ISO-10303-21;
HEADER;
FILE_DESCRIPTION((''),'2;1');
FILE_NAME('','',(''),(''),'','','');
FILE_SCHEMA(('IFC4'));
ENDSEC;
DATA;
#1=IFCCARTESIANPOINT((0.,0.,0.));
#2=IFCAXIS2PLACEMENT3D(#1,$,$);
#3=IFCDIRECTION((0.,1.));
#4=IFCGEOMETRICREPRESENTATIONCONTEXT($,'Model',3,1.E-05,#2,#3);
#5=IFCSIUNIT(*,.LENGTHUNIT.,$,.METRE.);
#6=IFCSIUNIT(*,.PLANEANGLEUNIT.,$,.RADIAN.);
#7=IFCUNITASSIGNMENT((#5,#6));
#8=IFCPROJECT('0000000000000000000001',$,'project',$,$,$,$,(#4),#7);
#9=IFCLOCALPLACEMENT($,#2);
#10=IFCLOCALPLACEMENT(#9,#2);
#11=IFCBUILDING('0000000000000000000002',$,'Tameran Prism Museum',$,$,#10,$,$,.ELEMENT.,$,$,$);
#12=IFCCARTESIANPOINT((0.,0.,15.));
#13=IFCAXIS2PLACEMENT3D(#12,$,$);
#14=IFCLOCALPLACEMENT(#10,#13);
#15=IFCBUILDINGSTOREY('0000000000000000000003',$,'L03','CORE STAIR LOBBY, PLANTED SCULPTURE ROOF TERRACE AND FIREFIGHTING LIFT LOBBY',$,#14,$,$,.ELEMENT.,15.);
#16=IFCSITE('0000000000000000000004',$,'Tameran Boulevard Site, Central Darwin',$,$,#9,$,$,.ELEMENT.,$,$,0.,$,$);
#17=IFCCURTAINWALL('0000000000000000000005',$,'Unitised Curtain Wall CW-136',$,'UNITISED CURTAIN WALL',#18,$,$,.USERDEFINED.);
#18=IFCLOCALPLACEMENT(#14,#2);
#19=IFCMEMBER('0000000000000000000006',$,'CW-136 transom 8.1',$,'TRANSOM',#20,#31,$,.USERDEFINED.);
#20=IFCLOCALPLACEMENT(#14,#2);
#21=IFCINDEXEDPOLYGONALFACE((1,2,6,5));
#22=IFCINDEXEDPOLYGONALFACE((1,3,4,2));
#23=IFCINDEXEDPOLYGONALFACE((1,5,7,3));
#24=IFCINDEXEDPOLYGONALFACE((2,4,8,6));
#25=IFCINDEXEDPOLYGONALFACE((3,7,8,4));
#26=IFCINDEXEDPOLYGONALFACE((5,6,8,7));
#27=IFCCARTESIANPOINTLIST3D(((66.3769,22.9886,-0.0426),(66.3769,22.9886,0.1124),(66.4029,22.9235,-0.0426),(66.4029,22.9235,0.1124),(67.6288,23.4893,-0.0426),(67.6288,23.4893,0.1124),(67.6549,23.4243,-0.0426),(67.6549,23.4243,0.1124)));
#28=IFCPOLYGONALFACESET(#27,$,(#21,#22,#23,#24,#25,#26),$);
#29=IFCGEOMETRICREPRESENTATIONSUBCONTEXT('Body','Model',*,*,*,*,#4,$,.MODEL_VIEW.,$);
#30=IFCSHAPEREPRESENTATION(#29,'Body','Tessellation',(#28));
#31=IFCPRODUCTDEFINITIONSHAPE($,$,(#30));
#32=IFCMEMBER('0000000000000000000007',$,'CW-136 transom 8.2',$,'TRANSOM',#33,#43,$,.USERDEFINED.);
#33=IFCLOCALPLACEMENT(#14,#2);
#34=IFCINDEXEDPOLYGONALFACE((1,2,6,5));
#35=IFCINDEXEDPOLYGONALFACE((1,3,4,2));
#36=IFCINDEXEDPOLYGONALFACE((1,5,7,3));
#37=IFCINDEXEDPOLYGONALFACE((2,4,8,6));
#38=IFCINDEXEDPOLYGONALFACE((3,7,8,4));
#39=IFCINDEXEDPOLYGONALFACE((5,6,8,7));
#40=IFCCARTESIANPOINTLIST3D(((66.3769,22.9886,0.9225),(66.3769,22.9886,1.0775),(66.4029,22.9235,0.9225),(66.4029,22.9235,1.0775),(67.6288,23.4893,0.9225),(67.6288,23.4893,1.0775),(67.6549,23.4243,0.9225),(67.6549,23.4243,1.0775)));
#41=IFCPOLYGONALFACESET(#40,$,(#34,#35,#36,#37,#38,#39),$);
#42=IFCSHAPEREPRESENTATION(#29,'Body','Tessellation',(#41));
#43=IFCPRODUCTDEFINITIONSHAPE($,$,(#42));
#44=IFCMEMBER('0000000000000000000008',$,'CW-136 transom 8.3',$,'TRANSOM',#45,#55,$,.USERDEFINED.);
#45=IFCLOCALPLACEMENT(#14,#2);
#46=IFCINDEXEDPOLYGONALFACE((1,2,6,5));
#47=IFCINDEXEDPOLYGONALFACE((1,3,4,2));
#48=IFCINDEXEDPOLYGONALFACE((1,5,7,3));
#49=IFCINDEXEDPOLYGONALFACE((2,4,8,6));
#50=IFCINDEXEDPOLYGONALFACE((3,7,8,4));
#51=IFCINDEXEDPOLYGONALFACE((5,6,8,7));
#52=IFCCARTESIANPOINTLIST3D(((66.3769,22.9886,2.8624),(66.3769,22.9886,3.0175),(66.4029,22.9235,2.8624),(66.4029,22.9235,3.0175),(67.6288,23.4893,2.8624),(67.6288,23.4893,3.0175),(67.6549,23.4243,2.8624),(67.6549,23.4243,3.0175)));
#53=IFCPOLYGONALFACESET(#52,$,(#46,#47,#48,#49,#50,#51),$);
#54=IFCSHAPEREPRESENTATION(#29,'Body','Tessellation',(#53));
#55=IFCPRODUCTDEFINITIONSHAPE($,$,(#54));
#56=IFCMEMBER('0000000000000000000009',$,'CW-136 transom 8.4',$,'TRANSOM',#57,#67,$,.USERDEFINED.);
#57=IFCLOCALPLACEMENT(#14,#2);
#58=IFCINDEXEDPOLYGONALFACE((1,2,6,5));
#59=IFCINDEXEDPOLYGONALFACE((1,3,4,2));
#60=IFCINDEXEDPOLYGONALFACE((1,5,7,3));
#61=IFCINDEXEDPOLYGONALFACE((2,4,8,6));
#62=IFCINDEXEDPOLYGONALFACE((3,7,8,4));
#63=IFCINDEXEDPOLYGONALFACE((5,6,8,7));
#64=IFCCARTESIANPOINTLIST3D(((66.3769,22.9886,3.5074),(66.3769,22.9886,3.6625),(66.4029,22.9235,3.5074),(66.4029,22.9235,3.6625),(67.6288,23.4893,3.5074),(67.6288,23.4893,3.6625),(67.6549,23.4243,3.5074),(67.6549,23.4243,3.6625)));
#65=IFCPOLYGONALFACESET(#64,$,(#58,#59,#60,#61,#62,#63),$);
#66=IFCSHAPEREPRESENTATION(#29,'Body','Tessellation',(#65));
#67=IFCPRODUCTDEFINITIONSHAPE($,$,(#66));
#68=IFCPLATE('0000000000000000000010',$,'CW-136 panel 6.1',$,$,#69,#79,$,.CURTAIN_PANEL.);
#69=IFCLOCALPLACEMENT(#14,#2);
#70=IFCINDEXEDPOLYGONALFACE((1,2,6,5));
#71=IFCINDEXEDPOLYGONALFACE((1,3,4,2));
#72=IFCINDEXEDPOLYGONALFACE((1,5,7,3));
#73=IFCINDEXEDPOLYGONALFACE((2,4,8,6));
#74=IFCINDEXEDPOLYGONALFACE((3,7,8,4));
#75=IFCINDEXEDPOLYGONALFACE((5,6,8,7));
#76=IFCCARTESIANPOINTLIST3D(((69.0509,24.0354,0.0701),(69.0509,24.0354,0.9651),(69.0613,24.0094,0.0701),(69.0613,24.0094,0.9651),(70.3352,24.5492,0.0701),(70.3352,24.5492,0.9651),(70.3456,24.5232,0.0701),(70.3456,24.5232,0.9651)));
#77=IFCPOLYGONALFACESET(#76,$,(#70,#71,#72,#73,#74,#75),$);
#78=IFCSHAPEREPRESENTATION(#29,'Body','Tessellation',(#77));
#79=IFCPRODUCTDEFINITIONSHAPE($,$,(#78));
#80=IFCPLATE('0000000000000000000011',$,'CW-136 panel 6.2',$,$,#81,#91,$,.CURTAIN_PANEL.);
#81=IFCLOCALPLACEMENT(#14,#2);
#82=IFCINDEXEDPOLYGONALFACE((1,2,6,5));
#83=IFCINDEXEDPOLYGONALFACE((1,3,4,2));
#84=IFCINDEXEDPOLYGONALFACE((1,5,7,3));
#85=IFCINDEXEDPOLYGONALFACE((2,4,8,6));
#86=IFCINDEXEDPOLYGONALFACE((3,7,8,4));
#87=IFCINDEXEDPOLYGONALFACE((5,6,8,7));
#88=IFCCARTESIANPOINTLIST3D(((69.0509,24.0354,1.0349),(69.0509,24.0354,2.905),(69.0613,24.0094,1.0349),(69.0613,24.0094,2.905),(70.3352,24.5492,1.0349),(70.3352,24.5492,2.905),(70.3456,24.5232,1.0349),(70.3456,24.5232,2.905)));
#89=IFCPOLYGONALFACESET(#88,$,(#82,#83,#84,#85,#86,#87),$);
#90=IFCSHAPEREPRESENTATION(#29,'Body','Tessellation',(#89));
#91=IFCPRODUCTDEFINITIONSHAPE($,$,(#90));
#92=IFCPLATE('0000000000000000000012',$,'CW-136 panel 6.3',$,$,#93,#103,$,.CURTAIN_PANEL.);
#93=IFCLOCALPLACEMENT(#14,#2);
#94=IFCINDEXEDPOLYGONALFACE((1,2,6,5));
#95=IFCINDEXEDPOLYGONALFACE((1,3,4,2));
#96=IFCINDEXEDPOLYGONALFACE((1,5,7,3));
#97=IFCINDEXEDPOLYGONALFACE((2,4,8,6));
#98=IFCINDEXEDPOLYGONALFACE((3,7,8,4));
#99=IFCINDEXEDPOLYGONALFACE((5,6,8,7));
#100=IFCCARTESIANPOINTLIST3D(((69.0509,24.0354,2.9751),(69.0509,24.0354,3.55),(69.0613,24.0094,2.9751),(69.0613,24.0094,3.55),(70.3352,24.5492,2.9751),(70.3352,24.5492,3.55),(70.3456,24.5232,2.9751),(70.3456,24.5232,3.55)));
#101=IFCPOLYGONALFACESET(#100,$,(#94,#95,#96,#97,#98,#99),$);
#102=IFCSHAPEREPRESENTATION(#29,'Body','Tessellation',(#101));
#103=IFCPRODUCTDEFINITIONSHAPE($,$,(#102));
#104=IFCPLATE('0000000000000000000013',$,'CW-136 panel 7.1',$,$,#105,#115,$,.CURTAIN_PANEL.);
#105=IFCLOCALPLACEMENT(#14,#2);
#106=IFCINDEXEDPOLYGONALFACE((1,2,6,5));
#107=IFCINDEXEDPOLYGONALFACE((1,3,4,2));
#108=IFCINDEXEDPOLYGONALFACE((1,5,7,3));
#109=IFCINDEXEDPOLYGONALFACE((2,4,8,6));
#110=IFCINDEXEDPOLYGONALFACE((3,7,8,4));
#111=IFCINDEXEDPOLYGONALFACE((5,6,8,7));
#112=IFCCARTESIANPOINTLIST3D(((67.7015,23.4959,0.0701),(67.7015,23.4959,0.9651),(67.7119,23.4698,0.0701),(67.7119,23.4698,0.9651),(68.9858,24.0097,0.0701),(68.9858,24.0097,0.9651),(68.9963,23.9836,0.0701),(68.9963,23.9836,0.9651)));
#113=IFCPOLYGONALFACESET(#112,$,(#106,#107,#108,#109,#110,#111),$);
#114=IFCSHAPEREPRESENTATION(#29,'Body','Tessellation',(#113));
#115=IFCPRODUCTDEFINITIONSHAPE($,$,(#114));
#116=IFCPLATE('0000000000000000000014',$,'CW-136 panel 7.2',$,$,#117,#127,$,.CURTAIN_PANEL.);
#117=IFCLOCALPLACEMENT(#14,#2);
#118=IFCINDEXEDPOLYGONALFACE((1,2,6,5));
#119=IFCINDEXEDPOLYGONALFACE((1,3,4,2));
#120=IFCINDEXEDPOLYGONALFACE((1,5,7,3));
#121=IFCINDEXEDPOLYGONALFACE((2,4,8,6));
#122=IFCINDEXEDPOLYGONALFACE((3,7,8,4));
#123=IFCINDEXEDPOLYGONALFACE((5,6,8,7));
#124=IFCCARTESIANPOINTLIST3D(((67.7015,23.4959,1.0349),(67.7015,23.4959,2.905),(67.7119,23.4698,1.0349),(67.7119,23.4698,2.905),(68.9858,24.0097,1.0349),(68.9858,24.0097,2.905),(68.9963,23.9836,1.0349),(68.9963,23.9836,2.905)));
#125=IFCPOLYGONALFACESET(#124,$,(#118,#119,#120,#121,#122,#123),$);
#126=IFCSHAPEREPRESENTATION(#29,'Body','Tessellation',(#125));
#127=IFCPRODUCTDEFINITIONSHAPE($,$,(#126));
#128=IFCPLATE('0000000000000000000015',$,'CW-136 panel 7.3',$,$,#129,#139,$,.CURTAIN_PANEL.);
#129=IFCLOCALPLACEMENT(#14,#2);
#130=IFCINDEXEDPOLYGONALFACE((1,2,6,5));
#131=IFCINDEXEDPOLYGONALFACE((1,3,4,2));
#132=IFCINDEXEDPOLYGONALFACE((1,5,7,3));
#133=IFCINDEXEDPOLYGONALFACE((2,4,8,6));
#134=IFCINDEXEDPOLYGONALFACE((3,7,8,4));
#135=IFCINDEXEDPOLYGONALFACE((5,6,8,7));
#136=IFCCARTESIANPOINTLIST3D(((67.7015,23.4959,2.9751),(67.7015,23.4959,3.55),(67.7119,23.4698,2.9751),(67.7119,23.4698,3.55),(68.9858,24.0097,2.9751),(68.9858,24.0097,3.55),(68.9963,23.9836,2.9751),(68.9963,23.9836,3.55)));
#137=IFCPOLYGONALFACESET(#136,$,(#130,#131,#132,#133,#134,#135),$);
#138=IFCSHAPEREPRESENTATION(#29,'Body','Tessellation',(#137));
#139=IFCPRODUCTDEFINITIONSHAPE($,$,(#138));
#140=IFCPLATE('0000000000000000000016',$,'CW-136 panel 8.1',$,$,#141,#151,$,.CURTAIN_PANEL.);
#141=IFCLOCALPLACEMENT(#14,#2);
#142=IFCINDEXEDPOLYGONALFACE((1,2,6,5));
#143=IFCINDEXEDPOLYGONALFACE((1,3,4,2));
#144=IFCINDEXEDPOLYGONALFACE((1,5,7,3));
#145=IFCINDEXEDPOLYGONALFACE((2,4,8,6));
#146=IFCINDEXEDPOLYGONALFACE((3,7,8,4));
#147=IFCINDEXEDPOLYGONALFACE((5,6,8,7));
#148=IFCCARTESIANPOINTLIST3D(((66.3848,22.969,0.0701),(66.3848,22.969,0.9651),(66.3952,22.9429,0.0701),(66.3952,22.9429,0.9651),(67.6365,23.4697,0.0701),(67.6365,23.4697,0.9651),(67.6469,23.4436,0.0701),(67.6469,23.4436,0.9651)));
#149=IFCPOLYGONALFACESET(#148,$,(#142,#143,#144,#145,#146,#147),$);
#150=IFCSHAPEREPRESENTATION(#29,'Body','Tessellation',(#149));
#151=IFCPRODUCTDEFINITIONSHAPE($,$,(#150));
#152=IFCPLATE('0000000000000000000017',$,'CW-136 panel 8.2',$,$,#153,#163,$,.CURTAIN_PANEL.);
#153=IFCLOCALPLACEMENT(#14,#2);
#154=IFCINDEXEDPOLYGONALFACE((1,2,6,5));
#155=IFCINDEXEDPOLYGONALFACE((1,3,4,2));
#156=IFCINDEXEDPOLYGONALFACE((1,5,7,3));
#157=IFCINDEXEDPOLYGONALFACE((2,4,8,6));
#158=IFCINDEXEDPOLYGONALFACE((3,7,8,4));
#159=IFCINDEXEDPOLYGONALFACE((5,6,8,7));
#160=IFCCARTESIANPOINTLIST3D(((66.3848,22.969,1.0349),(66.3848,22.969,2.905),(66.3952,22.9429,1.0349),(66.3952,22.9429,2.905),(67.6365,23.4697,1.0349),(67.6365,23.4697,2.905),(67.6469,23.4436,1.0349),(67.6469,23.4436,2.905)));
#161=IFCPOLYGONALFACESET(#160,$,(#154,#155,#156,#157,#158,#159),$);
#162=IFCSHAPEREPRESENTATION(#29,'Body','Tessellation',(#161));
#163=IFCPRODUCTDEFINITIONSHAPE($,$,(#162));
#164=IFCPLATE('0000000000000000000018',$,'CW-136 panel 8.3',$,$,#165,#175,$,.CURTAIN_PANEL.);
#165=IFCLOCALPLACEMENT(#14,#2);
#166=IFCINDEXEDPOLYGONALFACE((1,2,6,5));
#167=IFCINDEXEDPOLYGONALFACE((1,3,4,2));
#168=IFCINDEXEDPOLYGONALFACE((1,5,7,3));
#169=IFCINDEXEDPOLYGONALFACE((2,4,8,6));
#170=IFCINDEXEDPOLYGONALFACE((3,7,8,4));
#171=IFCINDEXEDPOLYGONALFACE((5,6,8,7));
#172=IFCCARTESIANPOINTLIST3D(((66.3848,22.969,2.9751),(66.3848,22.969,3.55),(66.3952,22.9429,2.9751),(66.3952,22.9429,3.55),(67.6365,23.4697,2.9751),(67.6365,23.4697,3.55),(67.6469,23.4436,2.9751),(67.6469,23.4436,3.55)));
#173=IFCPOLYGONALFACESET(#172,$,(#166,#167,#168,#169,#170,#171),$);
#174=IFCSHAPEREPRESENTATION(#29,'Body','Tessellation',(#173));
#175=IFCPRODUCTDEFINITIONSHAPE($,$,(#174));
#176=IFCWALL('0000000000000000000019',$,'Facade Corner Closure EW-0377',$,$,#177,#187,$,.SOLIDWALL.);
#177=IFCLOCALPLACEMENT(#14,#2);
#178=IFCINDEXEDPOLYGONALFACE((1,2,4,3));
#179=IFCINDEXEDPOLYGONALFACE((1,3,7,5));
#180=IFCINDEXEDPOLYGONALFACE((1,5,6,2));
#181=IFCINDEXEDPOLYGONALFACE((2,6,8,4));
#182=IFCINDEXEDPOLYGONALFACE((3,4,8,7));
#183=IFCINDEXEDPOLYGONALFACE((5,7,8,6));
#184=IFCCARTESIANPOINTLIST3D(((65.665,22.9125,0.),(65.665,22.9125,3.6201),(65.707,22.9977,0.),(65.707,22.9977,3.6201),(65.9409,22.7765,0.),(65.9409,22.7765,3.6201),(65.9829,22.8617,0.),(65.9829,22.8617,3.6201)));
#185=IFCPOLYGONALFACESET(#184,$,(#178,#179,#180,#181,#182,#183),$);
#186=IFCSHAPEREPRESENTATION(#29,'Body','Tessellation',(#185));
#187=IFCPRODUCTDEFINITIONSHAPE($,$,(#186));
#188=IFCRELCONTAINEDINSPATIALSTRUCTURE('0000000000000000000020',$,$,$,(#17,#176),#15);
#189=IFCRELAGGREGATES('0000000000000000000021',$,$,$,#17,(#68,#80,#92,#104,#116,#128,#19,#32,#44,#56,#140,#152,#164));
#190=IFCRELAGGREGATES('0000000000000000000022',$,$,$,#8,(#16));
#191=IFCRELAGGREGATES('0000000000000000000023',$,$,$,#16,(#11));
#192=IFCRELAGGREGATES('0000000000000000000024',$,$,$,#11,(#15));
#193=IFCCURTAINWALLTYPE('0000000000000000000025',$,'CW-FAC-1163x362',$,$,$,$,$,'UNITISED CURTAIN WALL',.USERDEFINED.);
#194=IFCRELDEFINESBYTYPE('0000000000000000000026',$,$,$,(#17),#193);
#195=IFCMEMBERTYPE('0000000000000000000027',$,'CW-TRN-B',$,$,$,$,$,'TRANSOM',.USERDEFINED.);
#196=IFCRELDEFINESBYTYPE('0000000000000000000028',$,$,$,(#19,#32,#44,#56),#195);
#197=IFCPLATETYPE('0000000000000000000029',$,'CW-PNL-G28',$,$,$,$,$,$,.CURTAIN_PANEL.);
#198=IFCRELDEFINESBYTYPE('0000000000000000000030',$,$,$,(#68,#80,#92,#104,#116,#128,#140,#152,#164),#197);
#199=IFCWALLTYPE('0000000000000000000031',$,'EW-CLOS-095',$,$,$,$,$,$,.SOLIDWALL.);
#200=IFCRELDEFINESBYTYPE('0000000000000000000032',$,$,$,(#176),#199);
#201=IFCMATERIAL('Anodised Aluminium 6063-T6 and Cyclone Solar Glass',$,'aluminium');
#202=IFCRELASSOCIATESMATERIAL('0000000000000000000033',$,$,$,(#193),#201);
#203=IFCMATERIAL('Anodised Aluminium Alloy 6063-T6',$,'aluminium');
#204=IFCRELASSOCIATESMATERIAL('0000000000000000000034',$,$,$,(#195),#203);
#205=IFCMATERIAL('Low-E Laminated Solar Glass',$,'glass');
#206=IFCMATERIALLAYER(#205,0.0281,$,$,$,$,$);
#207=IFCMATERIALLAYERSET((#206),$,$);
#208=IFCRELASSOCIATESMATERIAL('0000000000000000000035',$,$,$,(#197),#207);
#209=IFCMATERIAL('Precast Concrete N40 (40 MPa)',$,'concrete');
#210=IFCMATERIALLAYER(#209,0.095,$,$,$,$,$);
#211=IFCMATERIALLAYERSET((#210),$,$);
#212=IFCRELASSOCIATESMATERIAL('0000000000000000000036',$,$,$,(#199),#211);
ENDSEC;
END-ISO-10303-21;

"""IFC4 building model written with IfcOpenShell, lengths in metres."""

from ifc_helpers import new_model, si_unit, direction, frame, frame_2d, origin, origin_2d, place, context, subcontext, project, spatial, rectangle, extrude, material, layer, layer_set, material_profile, profile_set, type_object, element, aggregate, save


model = new_model("IFC4")

# Units and contexts
model_context = context("Model", 3, precision=1e-05, world=origin(), true_north=direction((0.0, 1.0)))
body_context = subcontext(model_context, "Body", "Model", "MODEL_VIEW")
ifc_project = project(units=[si_unit("LENGTHUNIT", "METRE"), si_unit("PLANEANGLEUNIT", "RADIAN")], contexts=[model_context])

# Site, building, storey
site_placement = place(None, origin())
site = spatial("IfcSite", under=ifc_project, at=site_placement, Name="Tameran Boulevard Site, Central Darwin", CompositionType="ELEMENT", RefElevation=0.0)
building_placement = place(site_placement, origin())
building = spatial("IfcBuilding", under=site, at=building_placement, Name="Tameran Prism Museum", CompositionType="ELEMENT")
storey_placement = place(building_placement, frame((0.0, 0.0, 15.0)))
storey = spatial("IfcBuildingStorey", under=building, at=storey_placement, Name="L03", Description="CORE STAIR LOBBY, PLANTED SCULPTURE ROOF TERRACE AND FIREFIGHTING LIFT LOBBY", CompositionType="ELEMENT", Elevation=15.0)

# Curtain wall
ifc_material_1 = material(Name="Anodised Aluminium 6063-T6 and Cyclone Solar Glass", Category="aluminium")
curtain_wall_type_1 = type_object("IfcCurtainWallType", Name="CW-FAC-1163x362", ElementType="UNITISED CURTAIN WALL", PredefinedType="USERDEFINED", material=ifc_material_1)
curtain_wall_1_placement = place(storey_placement, origin())
curtain_wall_1 = element("IfcCurtainWall", 1, at=curtain_wall_1_placement, inside=storey, type_object=curtain_wall_type_1, Name="Unitised Curtain Wall CW-136", ObjectType="UNITISED CURTAIN WALL", PredefinedType="USERDEFINED")

# Members
ifc_material_2 = material(Name="Anodised Aluminium Alloy 6063-T6", Category="aluminium")
ifc_material_profile_1 = material_profile(ifc_material_2, rectangle(XDim=0.0701, YDim=0.155, at=origin_2d()))
ifc_profile_set_1 = profile_set([ifc_material_profile_1])
member_type_1 = type_object("IfcMemberType", Name="CW-TRN-B", ElementType="TRANSOM", PredefinedType="USERDEFINED", material=ifc_profile_set_1)
member_1_placement = place(storey_placement, frame((67.6418, 23.4568, 0.0349), z_axis=(-0.928489, -0.371359, 0.0), x_axis=(0.371359, -0.928489, 0.0)))
member_1 = element("IfcMember", 2, at=member_1_placement, type_object=member_type_1, Name="CW-136 transom 8.1", ObjectType="TRANSOM", PredefinedType="USERDEFINED", context=body_context, shape_type="SweptSolid", body=[
    extrude(rectangle(XDim=0.0701, YDim=0.155, at=origin_2d()), origin(), (0.0, 0.0, 1.0), 1.3484),
])
member_2_placement = place(storey_placement, frame((67.6418, 23.4568, 1.0), z_axis=(-0.928489, -0.371359, 0.0), x_axis=(0.371359, -0.928489, 0.0)))
member_2 = element("IfcMember", 3, at=member_2_placement, type_object=member_type_1, Name="CW-136 transom 8.2", ObjectType="TRANSOM", PredefinedType="USERDEFINED", context=body_context, shape_type="SweptSolid", body=[
    extrude(rectangle(XDim=0.0701, YDim=0.155, at=origin_2d()), origin(), (0.0, 0.0, 1.0), 1.3484),
])
member_3_placement = place(storey_placement, frame((67.6418, 23.4568, 2.9399), z_axis=(-0.928489, -0.371359, 0.0), x_axis=(0.371359, -0.928489, 0.0)))
member_3 = element("IfcMember", 4, at=member_3_placement, type_object=member_type_1, Name="CW-136 transom 8.3", ObjectType="TRANSOM", PredefinedType="USERDEFINED", context=body_context, shape_type="SweptSolid", body=[
    extrude(rectangle(XDim=0.0701, YDim=0.155, at=origin_2d()), origin(), (0.0, 0.0, 1.0), 1.3484),
])
member_4_placement = place(storey_placement, frame((67.6418, 23.4568, 3.585), z_axis=(-0.928489, -0.371359, 0.0), x_axis=(0.371359, -0.928489, 0.0)))
member_4 = element("IfcMember", 5, at=member_4_placement, type_object=member_type_1, Name="CW-136 transom 8.4", ObjectType="TRANSOM", PredefinedType="USERDEFINED", context=body_context, shape_type="SweptSolid", body=[
    extrude(rectangle(XDim=0.0701, YDim=0.155, at=origin_2d()), origin(), (0.0, 0.0, 1.0), 1.3484),
])

# Plates
ifc_material_3 = material(Name="Low-E Laminated Solar Glass", Category="glass")
ifc_layer_1 = layer(ifc_material_3, 0.0281)
ifc_layer_set_1 = layer_set([ifc_layer_1])
plate_type = type_object("IfcPlateType", Name="CW-PNL-G28", PredefinedType="CURTAIN_PANEL", material=ifc_layer_set_1)
plate_1_placement = place(storey_placement, frame((69.6982, 24.2793, 0.0701), z_axis=(0.0, 0.0, 1.0), x_axis=(-0.928465, -0.37142, 0.0)))
plate_1 = element("IfcPlate", 6, at=plate_1_placement, type_object=plate_type, Name="CW-136 panel 6.1", PredefinedType="CURTAIN_PANEL", context=body_context, shape_type="SweptSolid", body=[
    extrude(rectangle(XDim=1.3833, YDim=0.0281, at=origin_2d()), origin(), (0.0, 0.0, 1.0), 0.895),
])
plate_2_placement = place(storey_placement, frame((69.6982, 24.2793, 1.0349), z_axis=(0.0, 0.0, 1.0), x_axis=(-0.928465, -0.37142, 0.0)))
plate_2 = element("IfcPlate", 7, at=plate_2_placement, type_object=plate_type, Name="CW-136 panel 6.2", PredefinedType="CURTAIN_PANEL", context=body_context, shape_type="SweptSolid", body=[
    extrude(rectangle(XDim=1.3833, YDim=0.0281, at=origin_2d()), origin(), (0.0, 0.0, 1.0), 1.8701),
])
plate_3_placement = place(storey_placement, frame((69.6982, 24.2793, 2.9751), z_axis=(0.0, 0.0, 1.0), x_axis=(-0.928465, -0.37142, 0.0)))
plate_3 = element("IfcPlate", 8, at=plate_3_placement, type_object=plate_type, Name="CW-136 panel 6.3", PredefinedType="CURTAIN_PANEL", context=body_context, shape_type="SweptSolid", body=[
    extrude(rectangle(XDim=1.3833, YDim=0.0281, at=origin_2d()), origin(), (0.0, 0.0, 1.0), 0.575),
])
plate_4_placement = place(storey_placement, frame((68.3489, 23.7397, 0.0701), z_axis=(0.0, 0.0, 1.0), x_axis=(-0.928465, -0.37142, 0.0)))
plate_4 = element("IfcPlate", 9, at=plate_4_placement, type_object=plate_type, Name="CW-136 panel 7.1", PredefinedType="CURTAIN_PANEL", context=body_context, shape_type="SweptSolid", body=[
    extrude(rectangle(XDim=1.3833, YDim=0.0281, at=origin_2d()), origin(), (0.0, 0.0, 1.0), 0.895),
])
plate_5_placement = place(storey_placement, frame((68.3489, 23.7397, 1.0349), z_axis=(0.0, 0.0, 1.0), x_axis=(-0.928465, -0.37142, 0.0)))
plate_5 = element("IfcPlate", 10, at=plate_5_placement, type_object=plate_type, Name="CW-136 panel 7.2", PredefinedType="CURTAIN_PANEL", context=body_context, shape_type="SweptSolid", body=[
    extrude(rectangle(XDim=1.3833, YDim=0.0281, at=origin_2d()), origin(), (0.0, 0.0, 1.0), 1.8701),
])
plate_6_placement = place(storey_placement, frame((68.3489, 23.7397, 2.9751), z_axis=(0.0, 0.0, 1.0), x_axis=(-0.928465, -0.37142, 0.0)))
plate_6 = element("IfcPlate", 11, at=plate_6_placement, type_object=plate_type, Name="CW-136 panel 7.3", PredefinedType="CURTAIN_PANEL", context=body_context, shape_type="SweptSolid", body=[
    extrude(rectangle(XDim=1.3833, YDim=0.0281, at=origin_2d()), origin(), (0.0, 0.0, 1.0), 0.575),
])
plate_7_placement = place(storey_placement, frame((67.0159, 23.2063, 0.0701), z_axis=(0.0, 0.0, 1.0), x_axis=(-0.928465, -0.37142, 0.0)))
plate_7 = element("IfcPlate", 12, at=plate_7_placement, type_object=plate_type, Name="CW-136 panel 8.1", PredefinedType="CURTAIN_PANEL", context=body_context, shape_type="SweptSolid", body=[
    extrude(rectangle(XDim=1.3481, YDim=0.0281, at=origin_2d()), origin(), (0.0, 0.0, 1.0), 0.895),
])
plate_8_placement = place(storey_placement, frame((67.0159, 23.2063, 1.0349), z_axis=(0.0, 0.0, 1.0), x_axis=(-0.928465, -0.37142, 0.0)))
plate_8 = element("IfcPlate", 13, at=plate_8_placement, type_object=plate_type, Name="CW-136 panel 8.2", PredefinedType="CURTAIN_PANEL", context=body_context, shape_type="SweptSolid", body=[
    extrude(rectangle(XDim=1.3481, YDim=0.0281, at=origin_2d()), origin(), (0.0, 0.0, 1.0), 1.8701),
])
plate_9_placement = place(storey_placement, frame((67.0159, 23.2063, 2.9751), z_axis=(0.0, 0.0, 1.0), x_axis=(-0.928465, -0.37142, 0.0)))
plate_9 = element("IfcPlate", 14, at=plate_9_placement, type_object=plate_type, Name="CW-136 panel 8.3", PredefinedType="CURTAIN_PANEL", context=body_context, shape_type="SweptSolid", body=[
    extrude(rectangle(XDim=1.3481, YDim=0.0281, at=origin_2d()), origin(), (0.0, 0.0, 1.0), 0.575),
])
aggregate(curtain_wall_1, [plate_1, plate_2, plate_3, plate_4, plate_5, plate_6, member_1, member_2, member_3, member_4, plate_7, plate_8, plate_9])

# Wall
ifc_material_4 = material(Name="Precast Concrete N40 (40 MPa)", Category="concrete")
ifc_layer_2 = layer(ifc_material_4, 0.095)
ifc_layer_set_2 = layer_set([ifc_layer_2])
wall_type = type_object("IfcWallType", Name="EW-CLOS-095", PredefinedType="SOLIDWALL", material=ifc_layer_set_2)
wall_1_placement = place(storey_placement, frame((65.9619, 22.8191, 0.0), z_axis=(0.0, 0.0, 1.0), x_axis=(-0.896953, 0.442126, 0.0)))
element("IfcWall", 15, at=wall_1_placement, inside=storey, type_object=wall_type, Name="Facade Corner Closure EW-0377", PredefinedType="SOLIDWALL", context=body_context, shape_type="SweptSolid", body=[
    extrude(rectangle(XDim=0.3076, YDim=0.095, at=frame_2d((0.1538, 0.0))), origin(), (0.0, 0.0, 1.0), 3.6201),
])

save(model, "model.ifc")
